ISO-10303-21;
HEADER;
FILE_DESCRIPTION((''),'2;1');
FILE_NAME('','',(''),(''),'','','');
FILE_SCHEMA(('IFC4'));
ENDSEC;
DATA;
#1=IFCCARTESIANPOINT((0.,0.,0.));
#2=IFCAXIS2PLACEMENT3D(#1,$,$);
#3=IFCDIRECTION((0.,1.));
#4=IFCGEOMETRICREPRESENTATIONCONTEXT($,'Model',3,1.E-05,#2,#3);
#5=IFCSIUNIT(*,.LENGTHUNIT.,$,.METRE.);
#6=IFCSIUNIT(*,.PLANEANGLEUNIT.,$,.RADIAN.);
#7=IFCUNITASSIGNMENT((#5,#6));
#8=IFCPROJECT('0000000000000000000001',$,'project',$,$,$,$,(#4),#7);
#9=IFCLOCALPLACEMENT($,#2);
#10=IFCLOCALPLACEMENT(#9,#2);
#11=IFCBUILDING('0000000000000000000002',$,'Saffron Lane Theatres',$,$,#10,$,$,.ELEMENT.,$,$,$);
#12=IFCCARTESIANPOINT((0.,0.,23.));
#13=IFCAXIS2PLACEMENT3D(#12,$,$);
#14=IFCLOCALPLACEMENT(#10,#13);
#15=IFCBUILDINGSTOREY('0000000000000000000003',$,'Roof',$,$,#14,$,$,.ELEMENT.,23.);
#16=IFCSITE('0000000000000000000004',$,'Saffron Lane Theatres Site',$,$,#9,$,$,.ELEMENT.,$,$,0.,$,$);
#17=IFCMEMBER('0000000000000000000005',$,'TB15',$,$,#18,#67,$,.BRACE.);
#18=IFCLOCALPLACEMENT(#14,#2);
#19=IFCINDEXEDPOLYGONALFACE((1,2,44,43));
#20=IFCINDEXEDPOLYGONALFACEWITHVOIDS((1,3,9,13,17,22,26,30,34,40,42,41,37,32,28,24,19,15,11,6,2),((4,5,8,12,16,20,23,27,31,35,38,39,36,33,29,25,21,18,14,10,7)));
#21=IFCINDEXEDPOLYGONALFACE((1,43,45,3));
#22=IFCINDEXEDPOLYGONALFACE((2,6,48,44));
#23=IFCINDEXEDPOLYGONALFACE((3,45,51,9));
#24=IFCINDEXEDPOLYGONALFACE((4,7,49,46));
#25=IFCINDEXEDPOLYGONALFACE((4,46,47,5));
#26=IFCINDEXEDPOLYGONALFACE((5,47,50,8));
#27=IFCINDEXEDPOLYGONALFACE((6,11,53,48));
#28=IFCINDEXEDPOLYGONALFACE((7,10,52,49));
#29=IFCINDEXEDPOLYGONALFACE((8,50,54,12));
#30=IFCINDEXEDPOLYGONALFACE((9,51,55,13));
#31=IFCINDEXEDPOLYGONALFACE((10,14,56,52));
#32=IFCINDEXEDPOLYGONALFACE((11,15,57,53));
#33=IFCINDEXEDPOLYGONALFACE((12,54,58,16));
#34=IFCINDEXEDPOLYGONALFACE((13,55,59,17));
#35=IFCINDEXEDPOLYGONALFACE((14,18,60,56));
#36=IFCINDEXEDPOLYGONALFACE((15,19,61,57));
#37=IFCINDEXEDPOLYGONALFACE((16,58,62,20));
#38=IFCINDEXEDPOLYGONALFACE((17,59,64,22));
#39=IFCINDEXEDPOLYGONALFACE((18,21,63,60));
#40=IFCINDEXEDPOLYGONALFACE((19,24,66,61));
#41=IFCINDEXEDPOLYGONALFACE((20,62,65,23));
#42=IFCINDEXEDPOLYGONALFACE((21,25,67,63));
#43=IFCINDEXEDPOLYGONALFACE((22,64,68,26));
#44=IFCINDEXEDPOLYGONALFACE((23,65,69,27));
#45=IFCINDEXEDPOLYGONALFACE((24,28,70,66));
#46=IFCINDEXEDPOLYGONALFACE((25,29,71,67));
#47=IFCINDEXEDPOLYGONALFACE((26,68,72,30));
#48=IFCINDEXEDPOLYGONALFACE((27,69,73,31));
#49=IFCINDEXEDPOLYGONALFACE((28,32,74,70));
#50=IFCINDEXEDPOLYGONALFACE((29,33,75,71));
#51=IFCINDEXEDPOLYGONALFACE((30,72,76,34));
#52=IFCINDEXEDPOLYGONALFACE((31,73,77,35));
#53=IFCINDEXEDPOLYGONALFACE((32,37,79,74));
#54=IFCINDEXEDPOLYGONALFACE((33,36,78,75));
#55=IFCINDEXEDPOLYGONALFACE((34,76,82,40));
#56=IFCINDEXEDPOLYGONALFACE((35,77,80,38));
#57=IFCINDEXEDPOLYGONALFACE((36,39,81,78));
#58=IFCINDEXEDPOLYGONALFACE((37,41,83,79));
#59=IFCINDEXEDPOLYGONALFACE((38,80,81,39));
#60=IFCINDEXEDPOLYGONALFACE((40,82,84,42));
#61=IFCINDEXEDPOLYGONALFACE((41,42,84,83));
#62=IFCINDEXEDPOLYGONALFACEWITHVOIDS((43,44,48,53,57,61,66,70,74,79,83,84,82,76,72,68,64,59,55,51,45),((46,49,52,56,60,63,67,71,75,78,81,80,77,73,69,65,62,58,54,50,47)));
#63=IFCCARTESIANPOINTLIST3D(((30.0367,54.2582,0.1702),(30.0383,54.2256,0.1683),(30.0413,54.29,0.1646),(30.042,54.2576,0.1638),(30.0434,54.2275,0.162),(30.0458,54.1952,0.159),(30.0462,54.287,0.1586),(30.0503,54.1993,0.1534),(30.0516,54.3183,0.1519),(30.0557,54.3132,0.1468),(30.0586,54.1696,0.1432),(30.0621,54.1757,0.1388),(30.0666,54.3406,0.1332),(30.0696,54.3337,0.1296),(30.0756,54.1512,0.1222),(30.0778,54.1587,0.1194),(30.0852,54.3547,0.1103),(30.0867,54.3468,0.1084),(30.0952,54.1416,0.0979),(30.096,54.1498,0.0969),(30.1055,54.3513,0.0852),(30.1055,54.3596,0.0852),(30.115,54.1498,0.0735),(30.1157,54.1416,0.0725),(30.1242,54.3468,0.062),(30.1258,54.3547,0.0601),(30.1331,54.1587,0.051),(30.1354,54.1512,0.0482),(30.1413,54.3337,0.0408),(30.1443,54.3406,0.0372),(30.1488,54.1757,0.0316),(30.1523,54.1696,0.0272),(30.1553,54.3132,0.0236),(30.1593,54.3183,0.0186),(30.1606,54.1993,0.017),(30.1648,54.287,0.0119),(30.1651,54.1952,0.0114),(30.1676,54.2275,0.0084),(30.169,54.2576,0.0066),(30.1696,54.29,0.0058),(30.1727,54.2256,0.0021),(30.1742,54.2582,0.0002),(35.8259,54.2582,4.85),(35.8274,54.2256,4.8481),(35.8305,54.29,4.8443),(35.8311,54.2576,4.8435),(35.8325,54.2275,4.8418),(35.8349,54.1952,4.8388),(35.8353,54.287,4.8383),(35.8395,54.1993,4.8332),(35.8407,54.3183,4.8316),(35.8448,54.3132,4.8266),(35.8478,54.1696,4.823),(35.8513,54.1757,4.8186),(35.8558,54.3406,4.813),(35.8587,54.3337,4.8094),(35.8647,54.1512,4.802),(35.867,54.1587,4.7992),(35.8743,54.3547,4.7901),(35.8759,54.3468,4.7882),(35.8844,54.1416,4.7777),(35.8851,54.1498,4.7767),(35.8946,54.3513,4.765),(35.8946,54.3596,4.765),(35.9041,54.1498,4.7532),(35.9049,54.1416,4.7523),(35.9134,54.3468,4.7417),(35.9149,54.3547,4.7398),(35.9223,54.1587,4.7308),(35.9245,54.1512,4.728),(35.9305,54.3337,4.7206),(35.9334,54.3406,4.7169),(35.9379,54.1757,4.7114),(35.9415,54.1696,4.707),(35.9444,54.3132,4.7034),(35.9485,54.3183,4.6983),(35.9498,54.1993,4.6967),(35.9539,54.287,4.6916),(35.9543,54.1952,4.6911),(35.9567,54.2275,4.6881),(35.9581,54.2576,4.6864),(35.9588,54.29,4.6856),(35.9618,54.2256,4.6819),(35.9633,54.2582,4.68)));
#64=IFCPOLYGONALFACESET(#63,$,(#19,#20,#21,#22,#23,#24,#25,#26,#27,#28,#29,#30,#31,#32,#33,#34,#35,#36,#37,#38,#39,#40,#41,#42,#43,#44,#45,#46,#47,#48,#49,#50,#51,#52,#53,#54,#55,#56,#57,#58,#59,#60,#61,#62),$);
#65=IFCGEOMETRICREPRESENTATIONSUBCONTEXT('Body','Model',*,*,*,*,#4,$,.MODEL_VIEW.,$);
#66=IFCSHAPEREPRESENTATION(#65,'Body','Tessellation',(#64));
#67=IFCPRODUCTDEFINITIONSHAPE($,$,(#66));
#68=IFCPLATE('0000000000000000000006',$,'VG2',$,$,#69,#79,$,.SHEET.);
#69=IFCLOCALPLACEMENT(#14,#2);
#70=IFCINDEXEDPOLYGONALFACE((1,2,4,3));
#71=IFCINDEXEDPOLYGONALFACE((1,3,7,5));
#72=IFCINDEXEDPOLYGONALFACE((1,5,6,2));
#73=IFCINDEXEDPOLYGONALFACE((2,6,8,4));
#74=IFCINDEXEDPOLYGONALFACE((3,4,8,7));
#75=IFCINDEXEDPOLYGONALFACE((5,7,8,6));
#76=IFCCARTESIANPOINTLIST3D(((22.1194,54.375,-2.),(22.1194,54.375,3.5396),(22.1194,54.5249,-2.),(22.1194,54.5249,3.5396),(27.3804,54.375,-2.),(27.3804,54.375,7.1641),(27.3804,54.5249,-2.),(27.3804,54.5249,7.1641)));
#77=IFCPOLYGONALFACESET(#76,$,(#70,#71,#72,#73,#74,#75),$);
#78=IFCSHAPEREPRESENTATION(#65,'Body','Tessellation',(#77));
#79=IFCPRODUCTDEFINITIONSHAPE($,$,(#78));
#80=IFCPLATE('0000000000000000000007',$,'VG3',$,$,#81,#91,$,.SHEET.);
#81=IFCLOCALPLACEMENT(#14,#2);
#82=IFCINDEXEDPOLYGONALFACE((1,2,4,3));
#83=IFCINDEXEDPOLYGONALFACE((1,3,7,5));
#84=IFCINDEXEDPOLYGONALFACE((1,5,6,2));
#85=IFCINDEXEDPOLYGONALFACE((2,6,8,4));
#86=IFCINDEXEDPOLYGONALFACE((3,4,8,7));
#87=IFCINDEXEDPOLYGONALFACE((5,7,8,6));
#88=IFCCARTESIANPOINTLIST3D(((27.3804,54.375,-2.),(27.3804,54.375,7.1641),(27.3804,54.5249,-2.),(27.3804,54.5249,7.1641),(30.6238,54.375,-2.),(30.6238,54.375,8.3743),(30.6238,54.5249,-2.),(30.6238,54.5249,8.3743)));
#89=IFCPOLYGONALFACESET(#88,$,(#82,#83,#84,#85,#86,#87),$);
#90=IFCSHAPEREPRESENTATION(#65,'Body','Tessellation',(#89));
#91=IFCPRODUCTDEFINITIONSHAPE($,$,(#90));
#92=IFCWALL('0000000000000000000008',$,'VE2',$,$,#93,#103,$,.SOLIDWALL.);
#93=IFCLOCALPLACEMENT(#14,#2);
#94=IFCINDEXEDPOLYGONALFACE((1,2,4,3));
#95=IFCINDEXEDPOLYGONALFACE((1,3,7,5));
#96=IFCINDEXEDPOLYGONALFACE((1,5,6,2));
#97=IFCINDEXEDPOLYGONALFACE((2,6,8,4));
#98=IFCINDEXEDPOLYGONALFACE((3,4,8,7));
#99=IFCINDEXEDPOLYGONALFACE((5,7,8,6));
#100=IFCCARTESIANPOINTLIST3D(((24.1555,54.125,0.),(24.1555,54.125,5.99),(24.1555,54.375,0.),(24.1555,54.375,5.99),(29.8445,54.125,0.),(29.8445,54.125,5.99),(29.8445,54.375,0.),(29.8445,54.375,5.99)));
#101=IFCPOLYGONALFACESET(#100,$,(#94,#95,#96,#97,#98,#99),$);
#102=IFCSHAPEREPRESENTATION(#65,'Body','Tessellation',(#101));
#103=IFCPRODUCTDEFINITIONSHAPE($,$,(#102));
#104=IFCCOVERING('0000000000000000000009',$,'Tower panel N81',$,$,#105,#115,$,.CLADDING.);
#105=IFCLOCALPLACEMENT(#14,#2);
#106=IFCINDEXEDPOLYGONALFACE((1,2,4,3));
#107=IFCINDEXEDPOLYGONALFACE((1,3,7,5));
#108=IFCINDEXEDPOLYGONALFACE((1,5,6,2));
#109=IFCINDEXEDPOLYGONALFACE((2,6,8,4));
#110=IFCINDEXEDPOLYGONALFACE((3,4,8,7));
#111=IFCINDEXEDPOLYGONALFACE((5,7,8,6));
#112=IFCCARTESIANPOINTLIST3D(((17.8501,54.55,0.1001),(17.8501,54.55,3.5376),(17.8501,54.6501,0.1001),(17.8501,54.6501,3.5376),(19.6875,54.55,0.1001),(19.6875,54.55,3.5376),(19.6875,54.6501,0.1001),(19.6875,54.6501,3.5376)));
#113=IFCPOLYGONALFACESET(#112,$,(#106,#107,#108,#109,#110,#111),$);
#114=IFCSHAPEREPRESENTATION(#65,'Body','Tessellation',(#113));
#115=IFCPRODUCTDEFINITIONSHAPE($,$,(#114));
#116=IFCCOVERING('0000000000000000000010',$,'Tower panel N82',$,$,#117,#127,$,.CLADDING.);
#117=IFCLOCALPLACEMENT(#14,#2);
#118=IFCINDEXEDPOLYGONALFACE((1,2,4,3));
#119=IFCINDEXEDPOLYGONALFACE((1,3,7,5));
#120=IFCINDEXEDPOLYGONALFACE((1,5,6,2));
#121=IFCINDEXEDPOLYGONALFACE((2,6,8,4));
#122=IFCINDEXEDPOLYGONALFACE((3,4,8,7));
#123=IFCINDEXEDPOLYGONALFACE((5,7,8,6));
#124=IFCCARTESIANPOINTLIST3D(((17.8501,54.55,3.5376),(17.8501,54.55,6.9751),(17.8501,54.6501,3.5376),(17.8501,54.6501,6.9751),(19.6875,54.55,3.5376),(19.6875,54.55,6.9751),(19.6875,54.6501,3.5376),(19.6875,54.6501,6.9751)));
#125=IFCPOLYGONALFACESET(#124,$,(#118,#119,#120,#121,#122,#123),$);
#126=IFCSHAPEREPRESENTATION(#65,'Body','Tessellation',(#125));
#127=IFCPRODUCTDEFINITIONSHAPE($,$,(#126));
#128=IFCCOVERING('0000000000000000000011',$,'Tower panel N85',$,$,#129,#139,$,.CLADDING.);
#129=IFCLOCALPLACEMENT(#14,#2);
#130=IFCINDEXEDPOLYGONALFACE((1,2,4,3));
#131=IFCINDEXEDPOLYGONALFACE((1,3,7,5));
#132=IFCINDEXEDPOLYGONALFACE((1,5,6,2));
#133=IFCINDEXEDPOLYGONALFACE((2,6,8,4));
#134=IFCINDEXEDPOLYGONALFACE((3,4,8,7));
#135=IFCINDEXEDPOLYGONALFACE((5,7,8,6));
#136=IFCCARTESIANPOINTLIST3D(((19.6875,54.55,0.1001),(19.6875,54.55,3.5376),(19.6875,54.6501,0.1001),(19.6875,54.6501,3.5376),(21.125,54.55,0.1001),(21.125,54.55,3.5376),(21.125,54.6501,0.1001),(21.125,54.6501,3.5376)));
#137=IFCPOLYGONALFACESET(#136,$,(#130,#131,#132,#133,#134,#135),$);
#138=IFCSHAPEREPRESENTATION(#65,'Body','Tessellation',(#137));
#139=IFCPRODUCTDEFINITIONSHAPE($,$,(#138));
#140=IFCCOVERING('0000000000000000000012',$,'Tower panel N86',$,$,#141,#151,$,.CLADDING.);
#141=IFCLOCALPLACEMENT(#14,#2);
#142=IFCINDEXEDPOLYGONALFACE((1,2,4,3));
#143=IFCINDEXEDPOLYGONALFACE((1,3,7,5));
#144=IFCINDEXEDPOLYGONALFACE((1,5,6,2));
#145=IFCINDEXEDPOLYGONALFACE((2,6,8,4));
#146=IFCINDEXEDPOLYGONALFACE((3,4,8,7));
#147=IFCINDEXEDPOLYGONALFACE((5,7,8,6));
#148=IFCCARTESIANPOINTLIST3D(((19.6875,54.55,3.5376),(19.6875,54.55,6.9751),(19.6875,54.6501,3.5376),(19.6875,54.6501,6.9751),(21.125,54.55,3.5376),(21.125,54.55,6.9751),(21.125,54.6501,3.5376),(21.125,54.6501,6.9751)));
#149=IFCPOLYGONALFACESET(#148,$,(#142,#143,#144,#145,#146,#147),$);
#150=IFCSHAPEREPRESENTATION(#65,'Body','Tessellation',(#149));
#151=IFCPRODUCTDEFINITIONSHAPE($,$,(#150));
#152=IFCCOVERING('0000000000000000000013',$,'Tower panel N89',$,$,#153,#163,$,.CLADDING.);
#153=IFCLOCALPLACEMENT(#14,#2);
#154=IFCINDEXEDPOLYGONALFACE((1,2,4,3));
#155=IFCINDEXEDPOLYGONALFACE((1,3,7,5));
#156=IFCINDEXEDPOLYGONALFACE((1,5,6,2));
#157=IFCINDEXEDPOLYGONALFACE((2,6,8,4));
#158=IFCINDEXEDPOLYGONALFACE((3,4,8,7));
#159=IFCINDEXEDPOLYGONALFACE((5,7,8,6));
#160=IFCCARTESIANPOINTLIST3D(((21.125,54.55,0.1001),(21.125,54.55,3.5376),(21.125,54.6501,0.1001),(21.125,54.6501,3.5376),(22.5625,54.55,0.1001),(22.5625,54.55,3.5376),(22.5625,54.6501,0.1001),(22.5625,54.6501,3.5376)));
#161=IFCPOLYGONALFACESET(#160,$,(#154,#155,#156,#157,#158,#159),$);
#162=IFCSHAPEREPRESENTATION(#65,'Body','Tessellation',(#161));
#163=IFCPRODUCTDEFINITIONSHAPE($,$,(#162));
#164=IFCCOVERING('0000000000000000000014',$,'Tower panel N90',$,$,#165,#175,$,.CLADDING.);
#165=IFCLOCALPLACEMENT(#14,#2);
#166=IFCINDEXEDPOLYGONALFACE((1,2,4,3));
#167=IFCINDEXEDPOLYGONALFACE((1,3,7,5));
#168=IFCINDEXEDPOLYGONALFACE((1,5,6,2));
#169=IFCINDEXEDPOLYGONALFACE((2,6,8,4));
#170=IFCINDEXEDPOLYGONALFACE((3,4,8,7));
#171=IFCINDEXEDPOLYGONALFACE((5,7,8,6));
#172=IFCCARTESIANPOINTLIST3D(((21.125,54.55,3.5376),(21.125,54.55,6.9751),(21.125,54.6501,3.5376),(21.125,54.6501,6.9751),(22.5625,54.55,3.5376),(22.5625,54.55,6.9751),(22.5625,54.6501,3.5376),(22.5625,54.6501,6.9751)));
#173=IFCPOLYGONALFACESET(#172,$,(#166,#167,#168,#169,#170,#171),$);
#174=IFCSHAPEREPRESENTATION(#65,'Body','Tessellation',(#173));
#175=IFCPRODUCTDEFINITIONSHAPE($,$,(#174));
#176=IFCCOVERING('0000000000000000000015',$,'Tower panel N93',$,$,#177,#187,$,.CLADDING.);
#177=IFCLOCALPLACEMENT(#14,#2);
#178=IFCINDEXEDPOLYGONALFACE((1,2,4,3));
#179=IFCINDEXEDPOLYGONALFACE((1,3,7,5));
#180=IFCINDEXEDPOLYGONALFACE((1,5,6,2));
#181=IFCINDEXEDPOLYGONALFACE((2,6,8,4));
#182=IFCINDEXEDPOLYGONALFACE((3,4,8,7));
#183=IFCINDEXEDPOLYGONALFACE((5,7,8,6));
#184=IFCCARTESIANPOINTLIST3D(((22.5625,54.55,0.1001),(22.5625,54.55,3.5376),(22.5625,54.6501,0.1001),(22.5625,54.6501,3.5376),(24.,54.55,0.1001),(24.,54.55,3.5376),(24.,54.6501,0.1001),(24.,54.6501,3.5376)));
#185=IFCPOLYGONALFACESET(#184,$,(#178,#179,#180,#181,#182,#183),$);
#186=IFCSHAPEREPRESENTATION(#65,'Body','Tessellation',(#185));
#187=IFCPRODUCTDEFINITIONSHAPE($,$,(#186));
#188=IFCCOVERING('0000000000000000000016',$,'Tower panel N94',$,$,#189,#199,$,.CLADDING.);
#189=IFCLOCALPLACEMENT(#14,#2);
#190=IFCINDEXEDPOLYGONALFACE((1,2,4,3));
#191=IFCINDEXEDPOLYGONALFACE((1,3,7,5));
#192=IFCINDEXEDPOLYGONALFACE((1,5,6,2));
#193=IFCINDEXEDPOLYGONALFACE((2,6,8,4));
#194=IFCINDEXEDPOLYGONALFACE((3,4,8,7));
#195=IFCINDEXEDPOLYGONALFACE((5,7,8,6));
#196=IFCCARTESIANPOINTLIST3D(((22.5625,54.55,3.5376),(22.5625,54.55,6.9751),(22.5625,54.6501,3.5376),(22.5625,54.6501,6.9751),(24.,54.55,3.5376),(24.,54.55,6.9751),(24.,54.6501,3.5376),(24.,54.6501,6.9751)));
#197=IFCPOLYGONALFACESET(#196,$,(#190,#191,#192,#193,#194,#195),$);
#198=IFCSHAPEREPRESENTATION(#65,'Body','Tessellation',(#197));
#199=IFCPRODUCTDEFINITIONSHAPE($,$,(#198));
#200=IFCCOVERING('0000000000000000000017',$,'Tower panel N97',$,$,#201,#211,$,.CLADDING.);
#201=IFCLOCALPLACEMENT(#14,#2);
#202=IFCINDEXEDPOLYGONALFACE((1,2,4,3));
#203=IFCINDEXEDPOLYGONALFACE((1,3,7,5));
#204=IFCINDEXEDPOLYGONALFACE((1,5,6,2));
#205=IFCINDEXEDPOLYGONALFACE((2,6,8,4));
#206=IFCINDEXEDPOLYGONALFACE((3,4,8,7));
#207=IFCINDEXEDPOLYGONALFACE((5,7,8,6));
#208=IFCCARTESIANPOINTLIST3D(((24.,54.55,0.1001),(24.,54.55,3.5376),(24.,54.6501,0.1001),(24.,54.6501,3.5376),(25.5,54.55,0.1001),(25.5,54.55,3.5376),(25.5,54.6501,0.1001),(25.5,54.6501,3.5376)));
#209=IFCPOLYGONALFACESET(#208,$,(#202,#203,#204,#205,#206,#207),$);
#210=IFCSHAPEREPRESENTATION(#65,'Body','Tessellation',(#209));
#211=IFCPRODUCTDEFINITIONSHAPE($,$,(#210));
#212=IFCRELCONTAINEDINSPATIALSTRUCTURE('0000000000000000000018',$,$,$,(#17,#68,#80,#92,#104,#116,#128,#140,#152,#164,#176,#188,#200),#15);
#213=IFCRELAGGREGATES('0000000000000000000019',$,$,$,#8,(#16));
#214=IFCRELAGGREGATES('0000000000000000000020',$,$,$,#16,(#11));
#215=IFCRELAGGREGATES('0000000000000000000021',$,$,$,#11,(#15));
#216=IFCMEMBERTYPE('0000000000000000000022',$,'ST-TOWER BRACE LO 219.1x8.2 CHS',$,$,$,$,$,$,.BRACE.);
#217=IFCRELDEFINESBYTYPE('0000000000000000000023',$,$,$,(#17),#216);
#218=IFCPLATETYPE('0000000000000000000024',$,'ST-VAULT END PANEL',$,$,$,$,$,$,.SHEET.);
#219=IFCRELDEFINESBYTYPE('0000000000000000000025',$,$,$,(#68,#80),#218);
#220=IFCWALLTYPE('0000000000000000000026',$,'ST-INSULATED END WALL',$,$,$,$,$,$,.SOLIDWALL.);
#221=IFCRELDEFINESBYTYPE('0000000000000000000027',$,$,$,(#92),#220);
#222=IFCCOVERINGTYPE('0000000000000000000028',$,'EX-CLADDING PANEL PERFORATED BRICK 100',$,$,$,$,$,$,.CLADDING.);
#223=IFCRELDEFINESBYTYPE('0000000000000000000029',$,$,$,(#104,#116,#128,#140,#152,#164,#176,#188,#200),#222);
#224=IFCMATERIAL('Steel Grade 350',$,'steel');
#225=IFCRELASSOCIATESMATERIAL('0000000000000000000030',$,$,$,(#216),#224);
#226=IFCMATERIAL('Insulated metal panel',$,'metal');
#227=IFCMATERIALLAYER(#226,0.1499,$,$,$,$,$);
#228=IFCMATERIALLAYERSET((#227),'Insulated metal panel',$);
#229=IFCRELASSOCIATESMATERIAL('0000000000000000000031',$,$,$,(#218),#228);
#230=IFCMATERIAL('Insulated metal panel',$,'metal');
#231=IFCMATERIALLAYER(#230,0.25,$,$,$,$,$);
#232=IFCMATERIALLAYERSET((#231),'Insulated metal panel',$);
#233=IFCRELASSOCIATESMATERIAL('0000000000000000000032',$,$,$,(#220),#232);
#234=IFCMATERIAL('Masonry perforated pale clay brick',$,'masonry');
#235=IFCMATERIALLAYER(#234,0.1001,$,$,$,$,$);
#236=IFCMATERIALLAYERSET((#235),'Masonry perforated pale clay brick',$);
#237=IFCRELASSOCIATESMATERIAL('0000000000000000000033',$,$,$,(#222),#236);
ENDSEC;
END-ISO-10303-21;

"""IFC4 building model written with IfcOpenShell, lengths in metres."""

from ifc_helpers import new_model, si_unit, direction, frame, frame_2d, origin, origin_2d, place, context, subcontext, project, spatial, polyline, rectangle, hollow_circle, outline, extrude, material, layer, layer_set, material_profile, profile_set, type_object, element, save


model = new_model("IFC4")

# Units and contexts
model_context = context("Model", 3, precision=1e-05, world=origin(), true_north=direction((0.0, 1.0)))
body_context = subcontext(model_context, "Body", "Model", "MODEL_VIEW")
ifc_project = project(units=[si_unit("LENGTHUNIT", "METRE"), si_unit("PLANEANGLEUNIT", "RADIAN")], contexts=[model_context])

# Site, building, storey
site_placement = place(None, origin())
site = spatial("IfcSite", under=ifc_project, at=site_placement, Name="Saffron Lane Theatres Site", CompositionType="ELEMENT", RefElevation=0.0)
building_placement = place(site_placement, origin())
building = spatial("IfcBuilding", under=site, at=building_placement, Name="Saffron Lane Theatres", CompositionType="ELEMENT")
storey_placement = place(building_placement, frame((0.0, 0.0, 23.0)))
storey = spatial("IfcBuildingStorey", under=building, at=storey_placement, Name="Roof", CompositionType="ELEMENT", Elevation=23.0)

# Member
ifc_material_1 = material(Name="Steel Grade 350", Category="steel")
ifc_material_profile_1 = material_profile(ifc_material_1, hollow_circle(Radius=0.1096, WallThickness=0.0083, at=origin_2d()))
ifc_profile_set_1 = profile_set([ifc_material_profile_1], Name="Steel Grade 350")
member_type = type_object("IfcMemberType", Name="ST-TOWER BRACE LO 219.1x8.2 CHS", PredefinedType="BRACE", material=ifc_profile_set_1)
for number, where, z_axis, x_axis, name in (
    (1, (30.1055, 54.25, 0.0852), (0.777685, 0.0, 0.628655), (0.0, 1.0, 0.0), "TB15"),
):
    element("IfcMember", number, at=place(storey_placement, frame(where, z_axis=z_axis, x_axis=x_axis)), inside=storey, type_object=member_type, Name=name, PredefinedType="BRACE", context=body_context, shape_type="SweptSolid", body=[
        extrude(hollow_circle(Radius=0.1096, WallThickness=0.0083, at=origin_2d()), origin(), (0.0, 0.0, 1.0), 7.4441),
    ])

# Plates
ifc_material_2 = material(Name="Insulated metal panel", Category="metal")
ifc_layer_1 = layer(ifc_material_2, 0.1499)
ifc_layer_set_1 = layer_set([ifc_layer_1], Name="Insulated metal panel")
plate_type = type_object("IfcPlateType", Name="ST-VAULT END PANEL", PredefinedType="SHEET", material=ifc_layer_set_1)
plate_1_placement = place(storey_placement, frame((22.1194, 54.375, -2.0), z_axis=(0.0, -1.0, 0.0), x_axis=(1.0, 0.0, 0.0)))
element("IfcPlate", 2, at=plate_1_placement, inside=storey, type_object=plate_type, Name="VG2", PredefinedType="SHEET", context=body_context, shape_type="SweptSolid", body=[
    extrude(outline(polyline([(0.0, 0.0), (5.261, 0.0), (5.261, 9.1641), (0.0, 5.5396), (0.0, 0.0)])), origin(), (0.0, 0.0, -1.0), 0.1499),
])
plate_2_placement = place(storey_placement, frame((27.3804, 54.375, -2.0), z_axis=(0.0, -1.0, 0.0), x_axis=(1.0, 0.0, 0.0)))
element("IfcPlate", 3, at=plate_2_placement, inside=storey, type_object=plate_type, Name="VG3", PredefinedType="SHEET", context=body_context, shape_type="SweptSolid", body=[
    extrude(outline(polyline([(0.0, 0.0), (3.2434, 0.0), (3.2434, 10.3743), (0.0, 9.1641), (0.0, 0.0)])), origin(), (0.0, 0.0, -1.0), 0.1499),
])

# Wall
ifc_material_3 = material(Name="Insulated metal panel", Category="metal")
ifc_layer_2 = layer(ifc_material_3, 0.25)
ifc_layer_set_2 = layer_set([ifc_layer_2], Name="Insulated metal panel")
wall_type = type_object("IfcWallType", Name="ST-INSULATED END WALL", PredefinedType="SOLIDWALL", material=ifc_layer_set_2)
wall_placement = place(storey_placement, frame((24.1555, 54.25, 0.0), z_axis=(0.0, 0.0, 1.0), x_axis=(1.0, 0.0, 0.0)))
element("IfcWall", 4, at=wall_placement, inside=storey, type_object=wall_type, Name="VE2", PredefinedType="SOLIDWALL", context=body_context, shape_type="SweptSolid", body=[
    extrude(rectangle(XDim=5.689, YDim=0.25, at=frame_2d((2.8445, 0.0))), origin(), (0.0, 0.0, 1.0), 5.99),
])

# Coverings
ifc_material_4 = material(Name="Masonry perforated pale clay brick", Category="masonry")
ifc_layer_3 = layer(ifc_material_4, 0.1001)
ifc_layer_set_3 = layer_set([ifc_layer_3], Name="Masonry perforated pale clay brick")
covering_type = type_object("IfcCoveringType", Name="EX-CLADDING PANEL PERFORATED BRICK 100", PredefinedType="CLADDING", material=ifc_layer_set_3)
for number, where, z_axis, x_axis, name in (
    (5, (18.7688, 54.6001, 0.1001), (0.0, 0.0, 1.0), (1.0, 0.0, 0.0), "Tower panel N81"),
    (6, (18.7688, 54.6001, 3.5376), (0.0, 0.0, 1.0), (1.0, 0.0, 0.0), "Tower panel N82"),
):
    element("IfcCovering", number, at=place(storey_placement, frame(where, z_axis=z_axis, x_axis=x_axis)), inside=storey, type_object=covering_type, Name=name, PredefinedType="CLADDING", context=body_context, shape_type="SweptSolid", body=[
        extrude(rectangle(XDim=1.8374, YDim=0.1001, at=origin_2d()), origin(), (0.0, 0.0, 1.0), 3.4375),
    ])
for number, where, z_axis, x_axis, name in (
    (7, (20.4062, 54.6001, 0.1001), (0.0, 0.0, 1.0), (1.0, 0.0, 0.0), "Tower panel N85"),
    (8, (20.4062, 54.6001, 3.5376), (0.0, 0.0, 1.0), (1.0, 0.0, 0.0), "Tower panel N86"),
    (9, (21.8438, 54.6001, 0.1001), (0.0, 0.0, 1.0), (1.0, 0.0, 0.0), "Tower panel N89"),
    (10, (21.8438, 54.6001, 3.5376), (0.0, 0.0, 1.0), (1.0, 0.0, 0.0), "Tower panel N90"),
    (11, (23.2812, 54.6001, 0.1001), (0.0, 0.0, 1.0), (1.0, 0.0, 0.0), "Tower panel N93"),
    (12, (23.2812, 54.6001, 3.5376), (0.0, 0.0, 1.0), (1.0, 0.0, 0.0), "Tower panel N94"),
):
    element("IfcCovering", number, at=place(storey_placement, frame(where, z_axis=z_axis, x_axis=x_axis)), inside=storey, type_object=covering_type, Name=name, PredefinedType="CLADDING", context=body_context, shape_type="SweptSolid", body=[
        extrude(rectangle(XDim=1.4375, YDim=0.1001, at=origin_2d()), origin(), (0.0, 0.0, 1.0), 3.4375),
    ])
for number, where, z_axis, x_axis, name in (
    (13, (24.75, 54.6001, 0.1001), (0.0, 0.0, 1.0), (1.0, 0.0, 0.0), "Tower panel N97"),
):
    element("IfcCovering", number, at=place(storey_placement, frame(where, z_axis=z_axis, x_axis=x_axis)), inside=storey, type_object=covering_type, Name=name, PredefinedType="CLADDING", context=body_context, shape_type="SweptSolid", body=[
        extrude(rectangle(XDim=1.5, YDim=0.1001, at=origin_2d()), origin(), (0.0, 0.0, 1.0), 3.4375),
    ])

save(model, "model.ifc")
